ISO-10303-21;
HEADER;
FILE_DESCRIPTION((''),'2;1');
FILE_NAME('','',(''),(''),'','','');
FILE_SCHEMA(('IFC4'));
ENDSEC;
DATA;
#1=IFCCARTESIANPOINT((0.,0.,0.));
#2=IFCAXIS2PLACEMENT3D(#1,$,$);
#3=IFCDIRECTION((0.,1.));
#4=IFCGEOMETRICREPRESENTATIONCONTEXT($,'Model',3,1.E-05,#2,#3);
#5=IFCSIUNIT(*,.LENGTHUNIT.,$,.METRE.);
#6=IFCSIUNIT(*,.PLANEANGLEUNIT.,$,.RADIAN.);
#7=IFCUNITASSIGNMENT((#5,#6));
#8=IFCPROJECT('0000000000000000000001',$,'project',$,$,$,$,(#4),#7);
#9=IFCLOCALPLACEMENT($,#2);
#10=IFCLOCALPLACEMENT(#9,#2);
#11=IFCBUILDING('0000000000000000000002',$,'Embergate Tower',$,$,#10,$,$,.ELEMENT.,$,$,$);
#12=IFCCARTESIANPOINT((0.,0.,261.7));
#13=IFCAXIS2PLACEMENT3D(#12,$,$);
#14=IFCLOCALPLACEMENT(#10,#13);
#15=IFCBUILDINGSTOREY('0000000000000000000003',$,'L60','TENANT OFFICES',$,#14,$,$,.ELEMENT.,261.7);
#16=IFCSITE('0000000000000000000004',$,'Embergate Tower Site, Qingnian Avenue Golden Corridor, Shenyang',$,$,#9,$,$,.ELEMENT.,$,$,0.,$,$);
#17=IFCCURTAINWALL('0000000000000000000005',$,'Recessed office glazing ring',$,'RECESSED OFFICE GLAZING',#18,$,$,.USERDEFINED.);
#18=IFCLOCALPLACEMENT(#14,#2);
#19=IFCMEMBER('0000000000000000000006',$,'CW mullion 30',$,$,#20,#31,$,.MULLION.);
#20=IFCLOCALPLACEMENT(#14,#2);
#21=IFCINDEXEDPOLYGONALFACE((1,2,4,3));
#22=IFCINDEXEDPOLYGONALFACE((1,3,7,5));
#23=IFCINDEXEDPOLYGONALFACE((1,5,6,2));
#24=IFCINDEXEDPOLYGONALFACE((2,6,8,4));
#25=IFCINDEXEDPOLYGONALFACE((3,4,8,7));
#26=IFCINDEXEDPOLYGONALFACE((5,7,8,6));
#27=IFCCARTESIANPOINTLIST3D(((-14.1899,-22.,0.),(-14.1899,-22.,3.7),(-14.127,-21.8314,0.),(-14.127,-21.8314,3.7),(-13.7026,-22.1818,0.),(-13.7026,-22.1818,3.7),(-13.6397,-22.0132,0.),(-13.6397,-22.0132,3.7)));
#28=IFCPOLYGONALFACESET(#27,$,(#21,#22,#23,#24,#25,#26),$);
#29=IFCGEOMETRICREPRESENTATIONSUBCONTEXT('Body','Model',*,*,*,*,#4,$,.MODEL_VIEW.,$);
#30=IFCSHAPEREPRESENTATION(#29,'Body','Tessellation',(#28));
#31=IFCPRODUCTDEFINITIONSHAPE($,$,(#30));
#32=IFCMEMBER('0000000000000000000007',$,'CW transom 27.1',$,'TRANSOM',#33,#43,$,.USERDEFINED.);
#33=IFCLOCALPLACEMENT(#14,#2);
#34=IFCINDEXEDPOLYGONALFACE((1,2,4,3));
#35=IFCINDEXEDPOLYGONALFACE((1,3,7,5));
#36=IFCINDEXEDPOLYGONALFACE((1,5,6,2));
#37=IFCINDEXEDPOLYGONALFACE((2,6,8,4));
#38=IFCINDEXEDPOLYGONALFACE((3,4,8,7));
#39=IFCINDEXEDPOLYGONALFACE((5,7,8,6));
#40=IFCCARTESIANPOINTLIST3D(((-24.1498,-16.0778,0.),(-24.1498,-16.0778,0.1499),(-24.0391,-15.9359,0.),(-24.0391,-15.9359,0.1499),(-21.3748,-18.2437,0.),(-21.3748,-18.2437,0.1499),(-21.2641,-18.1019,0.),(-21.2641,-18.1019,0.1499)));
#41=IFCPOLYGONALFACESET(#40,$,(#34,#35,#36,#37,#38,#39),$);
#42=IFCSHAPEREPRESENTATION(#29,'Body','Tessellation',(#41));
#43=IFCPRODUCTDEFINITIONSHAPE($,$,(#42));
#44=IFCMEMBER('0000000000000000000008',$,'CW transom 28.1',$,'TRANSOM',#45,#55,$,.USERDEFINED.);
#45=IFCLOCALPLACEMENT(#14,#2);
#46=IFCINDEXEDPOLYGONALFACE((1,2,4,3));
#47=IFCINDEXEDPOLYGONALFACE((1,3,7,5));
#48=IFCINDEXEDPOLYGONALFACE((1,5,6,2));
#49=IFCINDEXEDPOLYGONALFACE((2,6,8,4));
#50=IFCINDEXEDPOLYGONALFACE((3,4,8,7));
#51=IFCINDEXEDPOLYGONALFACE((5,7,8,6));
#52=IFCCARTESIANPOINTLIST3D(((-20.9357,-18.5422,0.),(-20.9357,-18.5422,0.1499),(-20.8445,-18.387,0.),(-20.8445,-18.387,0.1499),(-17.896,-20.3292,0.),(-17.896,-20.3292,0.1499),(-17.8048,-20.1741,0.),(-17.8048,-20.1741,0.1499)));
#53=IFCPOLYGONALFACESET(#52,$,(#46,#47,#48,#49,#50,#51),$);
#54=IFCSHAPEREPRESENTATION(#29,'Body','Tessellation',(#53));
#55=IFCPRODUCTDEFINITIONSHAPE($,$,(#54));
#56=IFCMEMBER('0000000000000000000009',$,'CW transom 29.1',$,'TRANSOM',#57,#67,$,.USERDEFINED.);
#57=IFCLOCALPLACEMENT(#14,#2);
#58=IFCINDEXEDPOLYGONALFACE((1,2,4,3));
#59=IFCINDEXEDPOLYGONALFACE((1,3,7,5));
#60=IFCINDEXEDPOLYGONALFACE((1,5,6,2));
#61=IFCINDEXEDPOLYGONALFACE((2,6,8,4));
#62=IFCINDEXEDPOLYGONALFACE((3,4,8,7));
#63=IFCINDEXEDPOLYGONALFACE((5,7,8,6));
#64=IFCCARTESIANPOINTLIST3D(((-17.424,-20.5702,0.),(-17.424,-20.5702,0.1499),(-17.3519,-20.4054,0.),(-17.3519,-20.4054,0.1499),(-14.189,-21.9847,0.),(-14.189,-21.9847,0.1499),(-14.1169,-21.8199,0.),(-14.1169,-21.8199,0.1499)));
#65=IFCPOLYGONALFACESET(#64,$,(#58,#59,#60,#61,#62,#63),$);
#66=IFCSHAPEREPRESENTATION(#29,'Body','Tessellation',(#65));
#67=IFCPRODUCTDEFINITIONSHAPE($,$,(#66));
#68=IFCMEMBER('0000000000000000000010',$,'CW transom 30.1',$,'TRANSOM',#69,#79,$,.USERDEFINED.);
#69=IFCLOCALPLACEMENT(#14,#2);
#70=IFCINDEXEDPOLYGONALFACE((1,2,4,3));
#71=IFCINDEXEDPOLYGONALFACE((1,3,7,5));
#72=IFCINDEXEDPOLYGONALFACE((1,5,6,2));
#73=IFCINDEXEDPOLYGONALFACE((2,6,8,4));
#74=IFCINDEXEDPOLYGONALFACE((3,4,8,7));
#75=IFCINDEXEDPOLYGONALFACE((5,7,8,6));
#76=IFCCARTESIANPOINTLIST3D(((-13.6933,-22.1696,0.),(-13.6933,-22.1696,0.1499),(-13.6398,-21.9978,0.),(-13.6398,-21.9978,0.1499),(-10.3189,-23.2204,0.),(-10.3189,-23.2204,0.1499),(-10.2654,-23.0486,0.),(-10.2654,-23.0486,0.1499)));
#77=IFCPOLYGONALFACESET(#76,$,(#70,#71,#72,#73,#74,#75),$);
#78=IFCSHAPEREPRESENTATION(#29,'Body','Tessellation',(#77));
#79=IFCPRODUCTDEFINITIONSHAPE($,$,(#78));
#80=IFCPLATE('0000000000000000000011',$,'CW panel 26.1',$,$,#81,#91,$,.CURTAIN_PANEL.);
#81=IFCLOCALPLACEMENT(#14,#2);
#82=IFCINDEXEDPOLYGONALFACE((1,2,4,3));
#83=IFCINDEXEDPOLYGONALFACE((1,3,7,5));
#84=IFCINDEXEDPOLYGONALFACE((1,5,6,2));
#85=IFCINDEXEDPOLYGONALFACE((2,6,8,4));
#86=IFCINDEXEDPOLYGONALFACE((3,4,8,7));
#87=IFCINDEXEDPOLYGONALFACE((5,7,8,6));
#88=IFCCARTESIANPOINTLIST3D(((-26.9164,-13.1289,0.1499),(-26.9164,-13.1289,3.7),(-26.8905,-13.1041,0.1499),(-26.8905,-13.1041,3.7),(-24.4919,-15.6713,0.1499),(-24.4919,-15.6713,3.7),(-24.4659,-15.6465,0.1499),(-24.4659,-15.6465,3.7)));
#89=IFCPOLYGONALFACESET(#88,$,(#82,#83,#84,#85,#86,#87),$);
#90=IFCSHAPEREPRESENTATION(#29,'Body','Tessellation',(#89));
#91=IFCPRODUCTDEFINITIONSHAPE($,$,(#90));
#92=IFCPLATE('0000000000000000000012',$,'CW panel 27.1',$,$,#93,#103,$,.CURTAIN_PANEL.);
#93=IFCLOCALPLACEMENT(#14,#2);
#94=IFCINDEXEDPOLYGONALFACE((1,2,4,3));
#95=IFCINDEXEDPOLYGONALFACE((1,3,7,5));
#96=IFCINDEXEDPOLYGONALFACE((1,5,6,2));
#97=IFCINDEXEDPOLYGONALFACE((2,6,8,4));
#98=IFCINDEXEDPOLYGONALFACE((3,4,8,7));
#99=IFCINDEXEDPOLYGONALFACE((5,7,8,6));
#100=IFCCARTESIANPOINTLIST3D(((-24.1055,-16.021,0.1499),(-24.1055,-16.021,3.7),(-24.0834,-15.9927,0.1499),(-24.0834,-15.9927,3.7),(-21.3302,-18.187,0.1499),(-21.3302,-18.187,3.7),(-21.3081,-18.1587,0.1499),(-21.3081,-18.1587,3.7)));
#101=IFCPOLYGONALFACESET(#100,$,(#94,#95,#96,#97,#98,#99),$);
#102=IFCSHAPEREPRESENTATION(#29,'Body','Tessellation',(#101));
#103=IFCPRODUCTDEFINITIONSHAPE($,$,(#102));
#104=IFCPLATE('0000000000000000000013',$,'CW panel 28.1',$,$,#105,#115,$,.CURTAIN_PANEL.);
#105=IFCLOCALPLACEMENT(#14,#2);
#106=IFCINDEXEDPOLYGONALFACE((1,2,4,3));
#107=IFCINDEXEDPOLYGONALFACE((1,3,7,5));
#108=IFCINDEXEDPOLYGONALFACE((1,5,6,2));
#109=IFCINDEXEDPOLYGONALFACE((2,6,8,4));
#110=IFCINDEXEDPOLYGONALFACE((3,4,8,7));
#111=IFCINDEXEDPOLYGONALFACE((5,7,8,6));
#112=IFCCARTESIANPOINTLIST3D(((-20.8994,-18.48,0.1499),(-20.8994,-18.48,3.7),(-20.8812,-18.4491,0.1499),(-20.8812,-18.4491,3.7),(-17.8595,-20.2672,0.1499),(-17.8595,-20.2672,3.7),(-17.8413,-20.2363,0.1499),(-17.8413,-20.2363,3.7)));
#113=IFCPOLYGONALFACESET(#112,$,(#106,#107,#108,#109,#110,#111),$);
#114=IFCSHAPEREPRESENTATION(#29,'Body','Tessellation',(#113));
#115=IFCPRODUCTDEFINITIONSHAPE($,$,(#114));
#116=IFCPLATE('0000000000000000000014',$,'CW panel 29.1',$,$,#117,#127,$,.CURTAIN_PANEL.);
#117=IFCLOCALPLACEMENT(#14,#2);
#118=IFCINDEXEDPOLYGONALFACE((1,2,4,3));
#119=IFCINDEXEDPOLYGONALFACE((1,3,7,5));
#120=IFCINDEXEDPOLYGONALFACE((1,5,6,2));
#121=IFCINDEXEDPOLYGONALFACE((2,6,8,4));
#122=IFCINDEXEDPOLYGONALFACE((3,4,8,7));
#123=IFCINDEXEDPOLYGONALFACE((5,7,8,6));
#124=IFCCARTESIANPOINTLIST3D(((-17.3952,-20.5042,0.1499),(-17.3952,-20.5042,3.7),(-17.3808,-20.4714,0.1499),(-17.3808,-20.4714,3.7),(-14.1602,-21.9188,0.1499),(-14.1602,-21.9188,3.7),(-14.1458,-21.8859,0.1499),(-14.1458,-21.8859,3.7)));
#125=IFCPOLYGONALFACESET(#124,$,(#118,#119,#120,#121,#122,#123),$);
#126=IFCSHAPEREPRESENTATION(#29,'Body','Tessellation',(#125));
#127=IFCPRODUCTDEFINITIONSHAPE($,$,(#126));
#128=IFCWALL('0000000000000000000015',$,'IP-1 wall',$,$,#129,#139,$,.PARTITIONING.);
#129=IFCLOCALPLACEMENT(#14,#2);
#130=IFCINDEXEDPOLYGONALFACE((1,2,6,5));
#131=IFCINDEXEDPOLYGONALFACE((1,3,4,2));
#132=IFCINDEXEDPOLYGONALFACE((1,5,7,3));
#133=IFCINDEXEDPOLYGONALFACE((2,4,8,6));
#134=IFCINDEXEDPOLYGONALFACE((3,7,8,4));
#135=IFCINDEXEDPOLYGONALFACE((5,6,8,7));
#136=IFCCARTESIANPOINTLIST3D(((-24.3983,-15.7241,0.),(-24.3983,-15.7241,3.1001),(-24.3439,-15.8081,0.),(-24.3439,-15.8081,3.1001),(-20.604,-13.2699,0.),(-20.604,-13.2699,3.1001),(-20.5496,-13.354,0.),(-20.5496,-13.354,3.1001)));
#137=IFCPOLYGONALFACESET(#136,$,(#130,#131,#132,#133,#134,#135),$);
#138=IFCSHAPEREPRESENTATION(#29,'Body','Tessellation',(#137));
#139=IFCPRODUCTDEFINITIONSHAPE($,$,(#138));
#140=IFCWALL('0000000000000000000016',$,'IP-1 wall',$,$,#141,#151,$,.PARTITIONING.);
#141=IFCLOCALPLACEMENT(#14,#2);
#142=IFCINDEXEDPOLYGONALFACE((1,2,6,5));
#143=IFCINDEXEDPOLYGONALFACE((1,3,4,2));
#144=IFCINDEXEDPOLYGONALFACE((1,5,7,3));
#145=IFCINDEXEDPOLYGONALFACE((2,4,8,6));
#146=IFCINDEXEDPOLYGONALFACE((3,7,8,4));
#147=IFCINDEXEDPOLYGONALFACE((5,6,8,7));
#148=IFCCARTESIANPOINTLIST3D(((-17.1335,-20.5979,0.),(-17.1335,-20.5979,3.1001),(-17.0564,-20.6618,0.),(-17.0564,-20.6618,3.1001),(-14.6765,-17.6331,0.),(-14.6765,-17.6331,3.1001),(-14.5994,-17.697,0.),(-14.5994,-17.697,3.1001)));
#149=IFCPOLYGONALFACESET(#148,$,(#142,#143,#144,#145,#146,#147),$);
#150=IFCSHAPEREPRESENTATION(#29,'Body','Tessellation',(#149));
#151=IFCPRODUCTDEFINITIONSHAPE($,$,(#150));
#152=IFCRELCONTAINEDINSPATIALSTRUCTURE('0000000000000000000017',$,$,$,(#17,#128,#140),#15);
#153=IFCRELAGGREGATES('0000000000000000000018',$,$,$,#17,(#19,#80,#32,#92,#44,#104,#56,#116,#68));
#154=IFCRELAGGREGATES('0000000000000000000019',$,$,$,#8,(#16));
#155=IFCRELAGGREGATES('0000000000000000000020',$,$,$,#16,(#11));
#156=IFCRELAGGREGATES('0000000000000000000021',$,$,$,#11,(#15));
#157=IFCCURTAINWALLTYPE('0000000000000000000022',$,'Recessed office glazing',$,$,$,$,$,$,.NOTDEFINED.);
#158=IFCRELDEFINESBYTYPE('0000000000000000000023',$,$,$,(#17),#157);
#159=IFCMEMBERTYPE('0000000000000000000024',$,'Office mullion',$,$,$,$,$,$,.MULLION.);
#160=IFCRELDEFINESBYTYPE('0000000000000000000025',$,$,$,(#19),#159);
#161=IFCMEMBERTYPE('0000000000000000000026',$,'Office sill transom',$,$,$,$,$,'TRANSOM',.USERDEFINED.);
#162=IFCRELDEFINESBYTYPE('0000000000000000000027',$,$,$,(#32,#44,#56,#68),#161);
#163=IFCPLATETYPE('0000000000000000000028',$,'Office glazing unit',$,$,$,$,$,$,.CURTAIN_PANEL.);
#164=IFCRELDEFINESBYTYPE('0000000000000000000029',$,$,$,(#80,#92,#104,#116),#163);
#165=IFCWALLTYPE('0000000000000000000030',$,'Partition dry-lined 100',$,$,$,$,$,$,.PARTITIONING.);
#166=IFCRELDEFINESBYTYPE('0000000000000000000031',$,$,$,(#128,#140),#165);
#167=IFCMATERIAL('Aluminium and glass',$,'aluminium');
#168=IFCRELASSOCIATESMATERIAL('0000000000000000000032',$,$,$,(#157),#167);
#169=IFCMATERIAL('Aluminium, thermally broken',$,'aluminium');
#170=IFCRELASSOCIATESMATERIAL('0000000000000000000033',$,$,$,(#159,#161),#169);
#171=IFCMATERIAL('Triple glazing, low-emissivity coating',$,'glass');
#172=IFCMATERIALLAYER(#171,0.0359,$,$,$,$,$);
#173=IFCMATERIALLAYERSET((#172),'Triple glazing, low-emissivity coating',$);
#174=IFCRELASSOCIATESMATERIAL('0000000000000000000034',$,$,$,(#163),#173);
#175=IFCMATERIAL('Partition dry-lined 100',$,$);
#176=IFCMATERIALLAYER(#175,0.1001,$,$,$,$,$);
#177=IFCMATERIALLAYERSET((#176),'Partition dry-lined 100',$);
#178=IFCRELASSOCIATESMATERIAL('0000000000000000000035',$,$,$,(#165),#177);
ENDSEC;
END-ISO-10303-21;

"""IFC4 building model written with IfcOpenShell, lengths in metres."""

from ifc_helpers import new_model, si_unit, direction, frame, frame_2d, origin, origin_2d, place, context, subcontext, project, spatial, rectangle, extrude, source, transform, mapped, material, layer, layer_set, material_profile, profile_set, type_object, element, aggregate, save


model = new_model("IFC4")

# Units and contexts
model_context = context("Model", 3, precision=1e-05, world=origin(), true_north=direction((0.0, 1.0)))
body_context = subcontext(model_context, "Body", "Model", "MODEL_VIEW")
ifc_project = project(units=[si_unit("LENGTHUNIT", "METRE"), si_unit("PLANEANGLEUNIT", "RADIAN")], contexts=[model_context])

# Site, building, storey
site_placement = place(None, origin())
site = spatial("IfcSite", under=ifc_project, at=site_placement, Name="Embergate Tower Site, Qingnian Avenue Golden Corridor, Shenyang", CompositionType="ELEMENT", RefElevation=0.0)
building_placement = place(site_placement, origin())
building = spatial("IfcBuilding", under=site, at=building_placement, Name="Embergate Tower", CompositionType="ELEMENT")
storey_placement = place(building_placement, frame((0.0, 0.0, 261.7)))
storey = spatial("IfcBuildingStorey", under=building, at=storey_placement, Name="L60", Description="TENANT OFFICES", CompositionType="ELEMENT", Elevation=261.7)

# Curtain wall, members, plates
ifc_material_1 = material(Name="Aluminium and glass", Category="aluminium")
curtain_wall_type = type_object("IfcCurtainWallType", Name="Recessed office glazing", PredefinedType="NOTDEFINED", material=ifc_material_1)
curtain_wall_placement = place(storey_placement, origin())
curtain_wall = element("IfcCurtainWall", 1, at=curtain_wall_placement, inside=storey, type_object=curtain_wall_type, Name="Recessed office glazing ring", ObjectType="RECESSED OFFICE GLAZING", PredefinedType="USERDEFINED")
ifc_material_2 = material(Name="Aluminium, thermally broken", Category="aluminium")
ifc_material_profile_1 = material_profile(ifc_material_2, rectangle(XDim=0.1799, YDim=0.52, at=origin_2d()), Name="AL 520x180")
ifc_profile_set_1 = profile_set([ifc_material_profile_1], Name="Aluminium, thermally broken")
member_type_1 = type_object("IfcMemberType", Name="Office mullion", PredefinedType="MULLION", material=ifc_profile_set_1)
shared_shape_1 = source(origin(), body_context, "Body", "SweptSolid", [
    extrude(rectangle(XDim=0.1799, YDim=0.52, at=origin_2d()), origin(), (0.0, 0.0, 1.0), 3.7),
])
member_1_placement = place(storey_placement, frame((-13.9148, -22.0066, 0.0), z_axis=(0.0, 0.0, 1.0), x_axis=(0.349498, 0.936937, 0.0)))
member_1 = element("IfcMember", 2, at=member_1_placement, type_object=member_type_1, Name="CW mullion 30", PredefinedType="MULLION", context=body_context, shape_type="MappedRepresentation", body=[
    mapped(shared_shape_1, transform((0.0, 0.0, 0.0))),
])
ifc_material_profile_2 = material_profile(ifc_material_2, rectangle(XDim=0.1799, YDim=0.1499, at=origin_2d()), Name="AL 150x180")
ifc_profile_set_2 = profile_set([ifc_material_profile_2], Name="Aluminium, thermally broken")
member_type_2 = type_object("IfcMemberType", Name="Office sill transom", ElementType="TRANSOM", PredefinedType="USERDEFINED", material=ifc_profile_set_2)
shared_shape_2 = source(origin(), body_context, "Body", "SweptSolid", [
    extrude(rectangle(XDim=0.1799, YDim=0.1499, at=origin_2d()), origin(), (0.0, 0.0, 1.0), 3.5203),
])
member_2_placement = place(storey_placement, frame((-24.0945, -16.0068, 0.075), z_axis=(0.788309, -0.615279, 0.0), x_axis=(0.615279, 0.788309, 0.0)))
member_2 = element("IfcMember", 3, at=member_2_placement, type_object=member_type_2, Name="CW transom 27.1", ObjectType="TRANSOM", PredefinedType="USERDEFINED", context=body_context, shape_type="MappedRepresentation", body=[
    mapped(shared_shape_2, transform((0.0, 0.0, 0.0))),
])
shared_shape_3 = source(origin(), body_context, "Body", "SweptSolid", [
    extrude(rectangle(XDim=0.1799, YDim=0.1499, at=origin_2d()), origin(), (0.0, 0.0, 1.0), 3.5261),
])
member_3_placement = place(storey_placement, frame((-20.8901, -18.4646, 0.075), z_axis=(0.862059, -0.506808, 0.0), x_axis=(0.506808, 0.862059, 0.0)))
member_3 = element("IfcMember", 4, at=member_3_placement, type_object=member_type_2, Name="CW transom 28.1", ObjectType="TRANSOM", PredefinedType="USERDEFINED", context=body_context, shape_type="MappedRepresentation", body=[
    mapped(shared_shape_3, transform((0.0, 0.0, 0.0))),
])
shared_shape_4 = source(origin(), body_context, "Body", "SweptSolid", [
    extrude(rectangle(XDim=0.1799, YDim=0.1499, at=origin_2d()), origin(), (0.0, 0.0, 1.0), 3.5308),
])
member_4_placement = place(storey_placement, frame((-17.3879, -20.4878, 0.075), z_axis=(0.916241, -0.400627, 0.0), x_axis=(0.400627, 0.916241, 0.0)))
member_4 = element("IfcMember", 5, at=member_4_placement, type_object=member_type_2, Name="CW transom 29.1", ObjectType="TRANSOM", PredefinedType="USERDEFINED", context=body_context, shape_type="MappedRepresentation", body=[
    mapped(shared_shape_4, transform((0.0, 0.0, 0.0))),
])
shared_shape_5 = source(origin(), body_context, "Body", "SweptSolid", [
    extrude(rectangle(XDim=0.1799, YDim=0.1499, at=origin_2d()), origin(), (0.0, 0.0, 1.0), 3.5342),
])
member_5_placement = place(storey_placement, frame((-13.6665, -22.0837, 0.075), z_axis=(0.954776, -0.297327, 0.0), x_axis=(0.297327, 0.954776, 0.0)))
member_5 = element("IfcMember", 6, at=member_5_placement, type_object=member_type_2, Name="CW transom 30.1", ObjectType="TRANSOM", PredefinedType="USERDEFINED", context=body_context, shape_type="MappedRepresentation", body=[
    mapped(shared_shape_5, transform((0.0, 0.0, 0.0))),
])
ifc_material_3 = material(Name="Triple glazing, low-emissivity coating", Category="glass")
ifc_layer_1 = layer(ifc_material_3, 0.0359)
ifc_layer_set_1 = layer_set([ifc_layer_1], Name="Triple glazing, low-emissivity coating")
plate_type = type_object("IfcPlateType", Name="Office glazing unit", PredefinedType="CURTAIN_PANEL", material=ifc_layer_set_1)
shared_shape_6 = source(origin(), body_context, "Body", "SweptSolid", [
    extrude(rectangle(XDim=3.5132, YDim=0.0359, at=origin_2d()), origin(), (0.0, 0.0, 1.0), 3.55),
])
plate_1_placement = place(storey_placement, frame((-25.6912, -14.3877, 0.1499), z_axis=(0.0, 0.0, 1.0), x_axis=(0.690138, -0.723678, 0.0)))
plate_1 = element("IfcPlate", 7, at=plate_1_placement, type_object=plate_type, Name="CW panel 26.1", PredefinedType="CURTAIN_PANEL", context=body_context, shape_type="MappedRepresentation", body=[
    mapped(shared_shape_6, transform((0.0, 0.0, 0.0))),
])
shared_shape_7 = source(origin(), body_context, "Body", "SweptSolid", [
    extrude(rectangle(XDim=3.5205, YDim=0.0359, at=origin_2d()), origin(), (0.0, 0.0, 1.0), 3.55),
])
plate_2_placement = place(storey_placement, frame((-22.7068, -17.0898, 0.1499), z_axis=(0.0, 0.0, 1.0), x_axis=(0.788322, -0.615263, 0.0)))
plate_2 = element("IfcPlate", 8, at=plate_2_placement, type_object=plate_type, Name="CW panel 27.1", PredefinedType="CURTAIN_PANEL", context=body_context, shape_type="MappedRepresentation", body=[
    mapped(shared_shape_7, transform((0.0, 0.0, 0.0))),
])
shared_shape_8 = source(origin(), body_context, "Body", "SweptSolid", [
    extrude(rectangle(XDim=3.5264, YDim=0.0359, at=origin_2d()), origin(), (0.0, 0.0, 1.0), 3.55),
])
plate_3_placement = place(storey_placement, frame((-19.3704, -19.3582, 0.1499), z_axis=(0.0, 0.0, 1.0), x_axis=(0.862055, -0.506815, 0.0)))
plate_3 = element("IfcPlate", 9, at=plate_3_placement, type_object=plate_type, Name="CW panel 28.1", PredefinedType="CURTAIN_PANEL", context=body_context, shape_type="MappedRepresentation", body=[
    mapped(shared_shape_8, transform((0.0, 0.0, 0.0))),
])
shared_shape_9 = source(origin(), body_context, "Body", "SweptSolid", [
    extrude(rectangle(XDim=3.5308, YDim=0.0359, at=origin_2d()), origin(), (0.0, 0.0, 1.0), 3.55),
])
plate_4_placement = place(storey_placement, frame((-15.7705, -21.1951, 0.1499), z_axis=(0.0, 0.0, 1.0), x_axis=(0.916237, -0.400637, 0.0)))
plate_4 = element("IfcPlate", 10, at=plate_4_placement, type_object=plate_type, Name="CW panel 29.1", PredefinedType="CURTAIN_PANEL", context=body_context, shape_type="MappedRepresentation", body=[
    mapped(shared_shape_9, transform((0.0, 0.0, 0.0))),
])
aggregate(curtain_wall, [member_1, plate_1, member_2, plate_2, member_3, plate_3, member_4, plate_4, member_5])

# Walls
ifc_material_4 = material(Name="Partition dry-lined 100")
ifc_layer_2 = layer(ifc_material_4, 0.1001)
ifc_layer_set_2 = layer_set([ifc_layer_2], Name="Partition dry-lined 100")
wall_type = type_object("IfcWallType", Name="Partition dry-lined 100", PredefinedType="PARTITIONING", material=ifc_layer_set_2)
shared_shape_10 = source(origin(), body_context, "Body", "SweptSolid", [
    extrude(rectangle(XDim=4.5188, YDim=0.1001, at=frame_2d((2.2593, 0.0))), origin(), (0.0, 0.0, 1.0), 3.1001),
])
wall_1_placement = place(storey_placement, frame((-20.5769, -13.312, 0.0), z_axis=(0.0, 0.0, 1.0), x_axis=(-0.839667, -0.543101, 0.0)))
element("IfcWall", 11, at=wall_1_placement, inside=storey, type_object=wall_type, Name="IP-1 wall", PredefinedType="PARTITIONING", context=body_context, shape_type="MappedRepresentation", body=[
    mapped(shared_shape_10, transform((0.0, 0.0, 0.0))),
])
shared_shape_11 = source(origin(), body_context, "Body", "SweptSolid", [
    extrude(rectangle(XDim=3.8506, YDim=0.1001, at=frame_2d((1.9253, 0.0))), origin(), (0.0, 0.0, 1.0), 3.1001),
])
wall_2_placement = place(storey_placement, frame((-14.6379, -17.665, 0.0), z_axis=(0.0, 0.0, 1.0), x_axis=(-0.638087, -0.769965, 0.0)))
element("IfcWall", 12, at=wall_2_placement, inside=storey, type_object=wall_type, Name="IP-1 wall", PredefinedType="PARTITIONING", context=body_context, shape_type="MappedRepresentation", body=[
    mapped(shared_shape_11, transform((0.0, 0.0, 0.0))),
])

save(model, "model.ifc")
